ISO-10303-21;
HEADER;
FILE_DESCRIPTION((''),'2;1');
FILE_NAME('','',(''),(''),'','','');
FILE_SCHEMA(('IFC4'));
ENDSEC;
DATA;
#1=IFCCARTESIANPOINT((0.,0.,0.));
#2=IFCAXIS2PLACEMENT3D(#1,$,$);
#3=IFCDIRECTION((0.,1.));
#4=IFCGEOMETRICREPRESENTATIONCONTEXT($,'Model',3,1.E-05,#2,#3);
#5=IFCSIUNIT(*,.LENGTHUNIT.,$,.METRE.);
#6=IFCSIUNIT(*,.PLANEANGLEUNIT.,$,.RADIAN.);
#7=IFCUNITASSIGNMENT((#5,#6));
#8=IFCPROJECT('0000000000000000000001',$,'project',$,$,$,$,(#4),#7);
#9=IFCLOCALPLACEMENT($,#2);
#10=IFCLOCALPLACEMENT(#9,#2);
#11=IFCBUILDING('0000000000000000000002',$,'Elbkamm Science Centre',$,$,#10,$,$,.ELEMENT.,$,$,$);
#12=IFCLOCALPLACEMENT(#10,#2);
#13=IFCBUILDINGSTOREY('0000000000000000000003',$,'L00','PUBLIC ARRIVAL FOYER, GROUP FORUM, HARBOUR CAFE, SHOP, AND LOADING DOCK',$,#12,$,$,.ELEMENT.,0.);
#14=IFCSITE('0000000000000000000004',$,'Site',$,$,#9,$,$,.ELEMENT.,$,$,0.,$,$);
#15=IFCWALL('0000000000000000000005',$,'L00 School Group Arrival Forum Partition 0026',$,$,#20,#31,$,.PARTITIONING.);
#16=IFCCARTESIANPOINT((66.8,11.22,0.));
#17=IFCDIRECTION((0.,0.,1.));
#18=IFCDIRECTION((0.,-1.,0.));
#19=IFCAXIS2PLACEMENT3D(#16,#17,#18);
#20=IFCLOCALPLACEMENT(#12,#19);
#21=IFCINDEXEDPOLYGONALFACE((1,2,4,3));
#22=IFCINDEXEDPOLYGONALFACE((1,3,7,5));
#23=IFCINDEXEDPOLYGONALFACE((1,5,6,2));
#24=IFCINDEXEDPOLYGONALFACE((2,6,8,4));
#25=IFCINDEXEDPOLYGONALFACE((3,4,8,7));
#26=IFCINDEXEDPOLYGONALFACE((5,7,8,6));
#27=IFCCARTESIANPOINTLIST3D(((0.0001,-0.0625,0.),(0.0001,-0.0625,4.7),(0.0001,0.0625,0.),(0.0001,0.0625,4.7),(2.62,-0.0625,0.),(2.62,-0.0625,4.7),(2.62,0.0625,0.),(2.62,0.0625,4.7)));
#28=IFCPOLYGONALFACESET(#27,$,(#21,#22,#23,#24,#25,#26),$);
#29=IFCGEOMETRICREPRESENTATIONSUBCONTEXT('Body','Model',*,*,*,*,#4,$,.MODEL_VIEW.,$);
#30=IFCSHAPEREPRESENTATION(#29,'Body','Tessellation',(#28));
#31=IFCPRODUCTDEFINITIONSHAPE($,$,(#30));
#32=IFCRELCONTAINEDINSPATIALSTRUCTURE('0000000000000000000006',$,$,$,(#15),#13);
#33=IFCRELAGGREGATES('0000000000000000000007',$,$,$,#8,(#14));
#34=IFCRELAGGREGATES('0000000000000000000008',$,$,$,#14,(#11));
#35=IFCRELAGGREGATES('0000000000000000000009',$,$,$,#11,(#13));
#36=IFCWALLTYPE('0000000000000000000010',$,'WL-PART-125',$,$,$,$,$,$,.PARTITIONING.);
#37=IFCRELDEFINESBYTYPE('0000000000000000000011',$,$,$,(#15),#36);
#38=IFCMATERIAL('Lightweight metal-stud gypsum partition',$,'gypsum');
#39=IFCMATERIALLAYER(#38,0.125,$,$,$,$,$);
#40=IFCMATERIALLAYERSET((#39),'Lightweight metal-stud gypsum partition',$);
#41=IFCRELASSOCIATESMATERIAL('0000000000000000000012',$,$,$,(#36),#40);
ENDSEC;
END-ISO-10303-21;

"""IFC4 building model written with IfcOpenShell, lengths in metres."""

from ifc_helpers import new_model, si_unit, direction, frame, frame_2d, origin, place, context, subcontext, project, spatial, rectangle, extrude, material, layer, layer_set, type_object, element, save


model = new_model("IFC4")

# Units and contexts
model_context = context("Model", 3, precision=1e-05, world=origin(), true_north=direction((0.0, 1.0)))
body_context = subcontext(model_context, "Body", "Model", "MODEL_VIEW")
ifc_project = project(units=[si_unit("LENGTHUNIT", "METRE"), si_unit("PLANEANGLEUNIT", "RADIAN")], contexts=[model_context])

# Site, building, storey
site_placement = place(None, origin())
site = spatial("IfcSite", under=ifc_project, at=site_placement, Name="Site", CompositionType="ELEMENT", RefElevation=0.0)
building_placement = place(site_placement, origin())
building = spatial("IfcBuilding", under=site, at=building_placement, Name="Elbkamm Science Centre", CompositionType="ELEMENT")
storey_placement = place(building_placement, origin())
storey = spatial("IfcBuildingStorey", under=building, at=storey_placement, Name="L00", Description="PUBLIC ARRIVAL FOYER, GROUP FORUM, HARBOUR CAFE, SHOP, AND LOADING DOCK", CompositionType="ELEMENT", Elevation=0.0)

# Wall
ifc_material_1 = material(Name="Lightweight metal-stud gypsum partition", Category="gypsum")
ifc_layer_1 = layer(ifc_material_1, 0.125)
ifc_layer_set_1 = layer_set([ifc_layer_1], Name="Lightweight metal-stud gypsum partition")
wall_type_1 = type_object("IfcWallType", Name="WL-PART-125", PredefinedType="PARTITIONING", material=ifc_layer_set_1)
wall_1_placement = place(storey_placement, frame((66.8, 11.22, 0.0), z_axis=(0.0, 0.0, 1.0), x_axis=(0.0, -1.0, 0.0)))
element("IfcWall", 1, at=wall_1_placement, inside=storey, type_object=wall_type_1, Name="L00 School Group Arrival Forum Partition 0026", PredefinedType="PARTITIONING", context=body_context, shape_type="SweptSolid", body=[
    extrude(rectangle(XDim=2.6199, YDim=0.125, at=frame_2d((1.3101, 0.0))), origin(), (0.0, 0.0, 1.0), 4.7),
])

save(model, "model.ifc")
